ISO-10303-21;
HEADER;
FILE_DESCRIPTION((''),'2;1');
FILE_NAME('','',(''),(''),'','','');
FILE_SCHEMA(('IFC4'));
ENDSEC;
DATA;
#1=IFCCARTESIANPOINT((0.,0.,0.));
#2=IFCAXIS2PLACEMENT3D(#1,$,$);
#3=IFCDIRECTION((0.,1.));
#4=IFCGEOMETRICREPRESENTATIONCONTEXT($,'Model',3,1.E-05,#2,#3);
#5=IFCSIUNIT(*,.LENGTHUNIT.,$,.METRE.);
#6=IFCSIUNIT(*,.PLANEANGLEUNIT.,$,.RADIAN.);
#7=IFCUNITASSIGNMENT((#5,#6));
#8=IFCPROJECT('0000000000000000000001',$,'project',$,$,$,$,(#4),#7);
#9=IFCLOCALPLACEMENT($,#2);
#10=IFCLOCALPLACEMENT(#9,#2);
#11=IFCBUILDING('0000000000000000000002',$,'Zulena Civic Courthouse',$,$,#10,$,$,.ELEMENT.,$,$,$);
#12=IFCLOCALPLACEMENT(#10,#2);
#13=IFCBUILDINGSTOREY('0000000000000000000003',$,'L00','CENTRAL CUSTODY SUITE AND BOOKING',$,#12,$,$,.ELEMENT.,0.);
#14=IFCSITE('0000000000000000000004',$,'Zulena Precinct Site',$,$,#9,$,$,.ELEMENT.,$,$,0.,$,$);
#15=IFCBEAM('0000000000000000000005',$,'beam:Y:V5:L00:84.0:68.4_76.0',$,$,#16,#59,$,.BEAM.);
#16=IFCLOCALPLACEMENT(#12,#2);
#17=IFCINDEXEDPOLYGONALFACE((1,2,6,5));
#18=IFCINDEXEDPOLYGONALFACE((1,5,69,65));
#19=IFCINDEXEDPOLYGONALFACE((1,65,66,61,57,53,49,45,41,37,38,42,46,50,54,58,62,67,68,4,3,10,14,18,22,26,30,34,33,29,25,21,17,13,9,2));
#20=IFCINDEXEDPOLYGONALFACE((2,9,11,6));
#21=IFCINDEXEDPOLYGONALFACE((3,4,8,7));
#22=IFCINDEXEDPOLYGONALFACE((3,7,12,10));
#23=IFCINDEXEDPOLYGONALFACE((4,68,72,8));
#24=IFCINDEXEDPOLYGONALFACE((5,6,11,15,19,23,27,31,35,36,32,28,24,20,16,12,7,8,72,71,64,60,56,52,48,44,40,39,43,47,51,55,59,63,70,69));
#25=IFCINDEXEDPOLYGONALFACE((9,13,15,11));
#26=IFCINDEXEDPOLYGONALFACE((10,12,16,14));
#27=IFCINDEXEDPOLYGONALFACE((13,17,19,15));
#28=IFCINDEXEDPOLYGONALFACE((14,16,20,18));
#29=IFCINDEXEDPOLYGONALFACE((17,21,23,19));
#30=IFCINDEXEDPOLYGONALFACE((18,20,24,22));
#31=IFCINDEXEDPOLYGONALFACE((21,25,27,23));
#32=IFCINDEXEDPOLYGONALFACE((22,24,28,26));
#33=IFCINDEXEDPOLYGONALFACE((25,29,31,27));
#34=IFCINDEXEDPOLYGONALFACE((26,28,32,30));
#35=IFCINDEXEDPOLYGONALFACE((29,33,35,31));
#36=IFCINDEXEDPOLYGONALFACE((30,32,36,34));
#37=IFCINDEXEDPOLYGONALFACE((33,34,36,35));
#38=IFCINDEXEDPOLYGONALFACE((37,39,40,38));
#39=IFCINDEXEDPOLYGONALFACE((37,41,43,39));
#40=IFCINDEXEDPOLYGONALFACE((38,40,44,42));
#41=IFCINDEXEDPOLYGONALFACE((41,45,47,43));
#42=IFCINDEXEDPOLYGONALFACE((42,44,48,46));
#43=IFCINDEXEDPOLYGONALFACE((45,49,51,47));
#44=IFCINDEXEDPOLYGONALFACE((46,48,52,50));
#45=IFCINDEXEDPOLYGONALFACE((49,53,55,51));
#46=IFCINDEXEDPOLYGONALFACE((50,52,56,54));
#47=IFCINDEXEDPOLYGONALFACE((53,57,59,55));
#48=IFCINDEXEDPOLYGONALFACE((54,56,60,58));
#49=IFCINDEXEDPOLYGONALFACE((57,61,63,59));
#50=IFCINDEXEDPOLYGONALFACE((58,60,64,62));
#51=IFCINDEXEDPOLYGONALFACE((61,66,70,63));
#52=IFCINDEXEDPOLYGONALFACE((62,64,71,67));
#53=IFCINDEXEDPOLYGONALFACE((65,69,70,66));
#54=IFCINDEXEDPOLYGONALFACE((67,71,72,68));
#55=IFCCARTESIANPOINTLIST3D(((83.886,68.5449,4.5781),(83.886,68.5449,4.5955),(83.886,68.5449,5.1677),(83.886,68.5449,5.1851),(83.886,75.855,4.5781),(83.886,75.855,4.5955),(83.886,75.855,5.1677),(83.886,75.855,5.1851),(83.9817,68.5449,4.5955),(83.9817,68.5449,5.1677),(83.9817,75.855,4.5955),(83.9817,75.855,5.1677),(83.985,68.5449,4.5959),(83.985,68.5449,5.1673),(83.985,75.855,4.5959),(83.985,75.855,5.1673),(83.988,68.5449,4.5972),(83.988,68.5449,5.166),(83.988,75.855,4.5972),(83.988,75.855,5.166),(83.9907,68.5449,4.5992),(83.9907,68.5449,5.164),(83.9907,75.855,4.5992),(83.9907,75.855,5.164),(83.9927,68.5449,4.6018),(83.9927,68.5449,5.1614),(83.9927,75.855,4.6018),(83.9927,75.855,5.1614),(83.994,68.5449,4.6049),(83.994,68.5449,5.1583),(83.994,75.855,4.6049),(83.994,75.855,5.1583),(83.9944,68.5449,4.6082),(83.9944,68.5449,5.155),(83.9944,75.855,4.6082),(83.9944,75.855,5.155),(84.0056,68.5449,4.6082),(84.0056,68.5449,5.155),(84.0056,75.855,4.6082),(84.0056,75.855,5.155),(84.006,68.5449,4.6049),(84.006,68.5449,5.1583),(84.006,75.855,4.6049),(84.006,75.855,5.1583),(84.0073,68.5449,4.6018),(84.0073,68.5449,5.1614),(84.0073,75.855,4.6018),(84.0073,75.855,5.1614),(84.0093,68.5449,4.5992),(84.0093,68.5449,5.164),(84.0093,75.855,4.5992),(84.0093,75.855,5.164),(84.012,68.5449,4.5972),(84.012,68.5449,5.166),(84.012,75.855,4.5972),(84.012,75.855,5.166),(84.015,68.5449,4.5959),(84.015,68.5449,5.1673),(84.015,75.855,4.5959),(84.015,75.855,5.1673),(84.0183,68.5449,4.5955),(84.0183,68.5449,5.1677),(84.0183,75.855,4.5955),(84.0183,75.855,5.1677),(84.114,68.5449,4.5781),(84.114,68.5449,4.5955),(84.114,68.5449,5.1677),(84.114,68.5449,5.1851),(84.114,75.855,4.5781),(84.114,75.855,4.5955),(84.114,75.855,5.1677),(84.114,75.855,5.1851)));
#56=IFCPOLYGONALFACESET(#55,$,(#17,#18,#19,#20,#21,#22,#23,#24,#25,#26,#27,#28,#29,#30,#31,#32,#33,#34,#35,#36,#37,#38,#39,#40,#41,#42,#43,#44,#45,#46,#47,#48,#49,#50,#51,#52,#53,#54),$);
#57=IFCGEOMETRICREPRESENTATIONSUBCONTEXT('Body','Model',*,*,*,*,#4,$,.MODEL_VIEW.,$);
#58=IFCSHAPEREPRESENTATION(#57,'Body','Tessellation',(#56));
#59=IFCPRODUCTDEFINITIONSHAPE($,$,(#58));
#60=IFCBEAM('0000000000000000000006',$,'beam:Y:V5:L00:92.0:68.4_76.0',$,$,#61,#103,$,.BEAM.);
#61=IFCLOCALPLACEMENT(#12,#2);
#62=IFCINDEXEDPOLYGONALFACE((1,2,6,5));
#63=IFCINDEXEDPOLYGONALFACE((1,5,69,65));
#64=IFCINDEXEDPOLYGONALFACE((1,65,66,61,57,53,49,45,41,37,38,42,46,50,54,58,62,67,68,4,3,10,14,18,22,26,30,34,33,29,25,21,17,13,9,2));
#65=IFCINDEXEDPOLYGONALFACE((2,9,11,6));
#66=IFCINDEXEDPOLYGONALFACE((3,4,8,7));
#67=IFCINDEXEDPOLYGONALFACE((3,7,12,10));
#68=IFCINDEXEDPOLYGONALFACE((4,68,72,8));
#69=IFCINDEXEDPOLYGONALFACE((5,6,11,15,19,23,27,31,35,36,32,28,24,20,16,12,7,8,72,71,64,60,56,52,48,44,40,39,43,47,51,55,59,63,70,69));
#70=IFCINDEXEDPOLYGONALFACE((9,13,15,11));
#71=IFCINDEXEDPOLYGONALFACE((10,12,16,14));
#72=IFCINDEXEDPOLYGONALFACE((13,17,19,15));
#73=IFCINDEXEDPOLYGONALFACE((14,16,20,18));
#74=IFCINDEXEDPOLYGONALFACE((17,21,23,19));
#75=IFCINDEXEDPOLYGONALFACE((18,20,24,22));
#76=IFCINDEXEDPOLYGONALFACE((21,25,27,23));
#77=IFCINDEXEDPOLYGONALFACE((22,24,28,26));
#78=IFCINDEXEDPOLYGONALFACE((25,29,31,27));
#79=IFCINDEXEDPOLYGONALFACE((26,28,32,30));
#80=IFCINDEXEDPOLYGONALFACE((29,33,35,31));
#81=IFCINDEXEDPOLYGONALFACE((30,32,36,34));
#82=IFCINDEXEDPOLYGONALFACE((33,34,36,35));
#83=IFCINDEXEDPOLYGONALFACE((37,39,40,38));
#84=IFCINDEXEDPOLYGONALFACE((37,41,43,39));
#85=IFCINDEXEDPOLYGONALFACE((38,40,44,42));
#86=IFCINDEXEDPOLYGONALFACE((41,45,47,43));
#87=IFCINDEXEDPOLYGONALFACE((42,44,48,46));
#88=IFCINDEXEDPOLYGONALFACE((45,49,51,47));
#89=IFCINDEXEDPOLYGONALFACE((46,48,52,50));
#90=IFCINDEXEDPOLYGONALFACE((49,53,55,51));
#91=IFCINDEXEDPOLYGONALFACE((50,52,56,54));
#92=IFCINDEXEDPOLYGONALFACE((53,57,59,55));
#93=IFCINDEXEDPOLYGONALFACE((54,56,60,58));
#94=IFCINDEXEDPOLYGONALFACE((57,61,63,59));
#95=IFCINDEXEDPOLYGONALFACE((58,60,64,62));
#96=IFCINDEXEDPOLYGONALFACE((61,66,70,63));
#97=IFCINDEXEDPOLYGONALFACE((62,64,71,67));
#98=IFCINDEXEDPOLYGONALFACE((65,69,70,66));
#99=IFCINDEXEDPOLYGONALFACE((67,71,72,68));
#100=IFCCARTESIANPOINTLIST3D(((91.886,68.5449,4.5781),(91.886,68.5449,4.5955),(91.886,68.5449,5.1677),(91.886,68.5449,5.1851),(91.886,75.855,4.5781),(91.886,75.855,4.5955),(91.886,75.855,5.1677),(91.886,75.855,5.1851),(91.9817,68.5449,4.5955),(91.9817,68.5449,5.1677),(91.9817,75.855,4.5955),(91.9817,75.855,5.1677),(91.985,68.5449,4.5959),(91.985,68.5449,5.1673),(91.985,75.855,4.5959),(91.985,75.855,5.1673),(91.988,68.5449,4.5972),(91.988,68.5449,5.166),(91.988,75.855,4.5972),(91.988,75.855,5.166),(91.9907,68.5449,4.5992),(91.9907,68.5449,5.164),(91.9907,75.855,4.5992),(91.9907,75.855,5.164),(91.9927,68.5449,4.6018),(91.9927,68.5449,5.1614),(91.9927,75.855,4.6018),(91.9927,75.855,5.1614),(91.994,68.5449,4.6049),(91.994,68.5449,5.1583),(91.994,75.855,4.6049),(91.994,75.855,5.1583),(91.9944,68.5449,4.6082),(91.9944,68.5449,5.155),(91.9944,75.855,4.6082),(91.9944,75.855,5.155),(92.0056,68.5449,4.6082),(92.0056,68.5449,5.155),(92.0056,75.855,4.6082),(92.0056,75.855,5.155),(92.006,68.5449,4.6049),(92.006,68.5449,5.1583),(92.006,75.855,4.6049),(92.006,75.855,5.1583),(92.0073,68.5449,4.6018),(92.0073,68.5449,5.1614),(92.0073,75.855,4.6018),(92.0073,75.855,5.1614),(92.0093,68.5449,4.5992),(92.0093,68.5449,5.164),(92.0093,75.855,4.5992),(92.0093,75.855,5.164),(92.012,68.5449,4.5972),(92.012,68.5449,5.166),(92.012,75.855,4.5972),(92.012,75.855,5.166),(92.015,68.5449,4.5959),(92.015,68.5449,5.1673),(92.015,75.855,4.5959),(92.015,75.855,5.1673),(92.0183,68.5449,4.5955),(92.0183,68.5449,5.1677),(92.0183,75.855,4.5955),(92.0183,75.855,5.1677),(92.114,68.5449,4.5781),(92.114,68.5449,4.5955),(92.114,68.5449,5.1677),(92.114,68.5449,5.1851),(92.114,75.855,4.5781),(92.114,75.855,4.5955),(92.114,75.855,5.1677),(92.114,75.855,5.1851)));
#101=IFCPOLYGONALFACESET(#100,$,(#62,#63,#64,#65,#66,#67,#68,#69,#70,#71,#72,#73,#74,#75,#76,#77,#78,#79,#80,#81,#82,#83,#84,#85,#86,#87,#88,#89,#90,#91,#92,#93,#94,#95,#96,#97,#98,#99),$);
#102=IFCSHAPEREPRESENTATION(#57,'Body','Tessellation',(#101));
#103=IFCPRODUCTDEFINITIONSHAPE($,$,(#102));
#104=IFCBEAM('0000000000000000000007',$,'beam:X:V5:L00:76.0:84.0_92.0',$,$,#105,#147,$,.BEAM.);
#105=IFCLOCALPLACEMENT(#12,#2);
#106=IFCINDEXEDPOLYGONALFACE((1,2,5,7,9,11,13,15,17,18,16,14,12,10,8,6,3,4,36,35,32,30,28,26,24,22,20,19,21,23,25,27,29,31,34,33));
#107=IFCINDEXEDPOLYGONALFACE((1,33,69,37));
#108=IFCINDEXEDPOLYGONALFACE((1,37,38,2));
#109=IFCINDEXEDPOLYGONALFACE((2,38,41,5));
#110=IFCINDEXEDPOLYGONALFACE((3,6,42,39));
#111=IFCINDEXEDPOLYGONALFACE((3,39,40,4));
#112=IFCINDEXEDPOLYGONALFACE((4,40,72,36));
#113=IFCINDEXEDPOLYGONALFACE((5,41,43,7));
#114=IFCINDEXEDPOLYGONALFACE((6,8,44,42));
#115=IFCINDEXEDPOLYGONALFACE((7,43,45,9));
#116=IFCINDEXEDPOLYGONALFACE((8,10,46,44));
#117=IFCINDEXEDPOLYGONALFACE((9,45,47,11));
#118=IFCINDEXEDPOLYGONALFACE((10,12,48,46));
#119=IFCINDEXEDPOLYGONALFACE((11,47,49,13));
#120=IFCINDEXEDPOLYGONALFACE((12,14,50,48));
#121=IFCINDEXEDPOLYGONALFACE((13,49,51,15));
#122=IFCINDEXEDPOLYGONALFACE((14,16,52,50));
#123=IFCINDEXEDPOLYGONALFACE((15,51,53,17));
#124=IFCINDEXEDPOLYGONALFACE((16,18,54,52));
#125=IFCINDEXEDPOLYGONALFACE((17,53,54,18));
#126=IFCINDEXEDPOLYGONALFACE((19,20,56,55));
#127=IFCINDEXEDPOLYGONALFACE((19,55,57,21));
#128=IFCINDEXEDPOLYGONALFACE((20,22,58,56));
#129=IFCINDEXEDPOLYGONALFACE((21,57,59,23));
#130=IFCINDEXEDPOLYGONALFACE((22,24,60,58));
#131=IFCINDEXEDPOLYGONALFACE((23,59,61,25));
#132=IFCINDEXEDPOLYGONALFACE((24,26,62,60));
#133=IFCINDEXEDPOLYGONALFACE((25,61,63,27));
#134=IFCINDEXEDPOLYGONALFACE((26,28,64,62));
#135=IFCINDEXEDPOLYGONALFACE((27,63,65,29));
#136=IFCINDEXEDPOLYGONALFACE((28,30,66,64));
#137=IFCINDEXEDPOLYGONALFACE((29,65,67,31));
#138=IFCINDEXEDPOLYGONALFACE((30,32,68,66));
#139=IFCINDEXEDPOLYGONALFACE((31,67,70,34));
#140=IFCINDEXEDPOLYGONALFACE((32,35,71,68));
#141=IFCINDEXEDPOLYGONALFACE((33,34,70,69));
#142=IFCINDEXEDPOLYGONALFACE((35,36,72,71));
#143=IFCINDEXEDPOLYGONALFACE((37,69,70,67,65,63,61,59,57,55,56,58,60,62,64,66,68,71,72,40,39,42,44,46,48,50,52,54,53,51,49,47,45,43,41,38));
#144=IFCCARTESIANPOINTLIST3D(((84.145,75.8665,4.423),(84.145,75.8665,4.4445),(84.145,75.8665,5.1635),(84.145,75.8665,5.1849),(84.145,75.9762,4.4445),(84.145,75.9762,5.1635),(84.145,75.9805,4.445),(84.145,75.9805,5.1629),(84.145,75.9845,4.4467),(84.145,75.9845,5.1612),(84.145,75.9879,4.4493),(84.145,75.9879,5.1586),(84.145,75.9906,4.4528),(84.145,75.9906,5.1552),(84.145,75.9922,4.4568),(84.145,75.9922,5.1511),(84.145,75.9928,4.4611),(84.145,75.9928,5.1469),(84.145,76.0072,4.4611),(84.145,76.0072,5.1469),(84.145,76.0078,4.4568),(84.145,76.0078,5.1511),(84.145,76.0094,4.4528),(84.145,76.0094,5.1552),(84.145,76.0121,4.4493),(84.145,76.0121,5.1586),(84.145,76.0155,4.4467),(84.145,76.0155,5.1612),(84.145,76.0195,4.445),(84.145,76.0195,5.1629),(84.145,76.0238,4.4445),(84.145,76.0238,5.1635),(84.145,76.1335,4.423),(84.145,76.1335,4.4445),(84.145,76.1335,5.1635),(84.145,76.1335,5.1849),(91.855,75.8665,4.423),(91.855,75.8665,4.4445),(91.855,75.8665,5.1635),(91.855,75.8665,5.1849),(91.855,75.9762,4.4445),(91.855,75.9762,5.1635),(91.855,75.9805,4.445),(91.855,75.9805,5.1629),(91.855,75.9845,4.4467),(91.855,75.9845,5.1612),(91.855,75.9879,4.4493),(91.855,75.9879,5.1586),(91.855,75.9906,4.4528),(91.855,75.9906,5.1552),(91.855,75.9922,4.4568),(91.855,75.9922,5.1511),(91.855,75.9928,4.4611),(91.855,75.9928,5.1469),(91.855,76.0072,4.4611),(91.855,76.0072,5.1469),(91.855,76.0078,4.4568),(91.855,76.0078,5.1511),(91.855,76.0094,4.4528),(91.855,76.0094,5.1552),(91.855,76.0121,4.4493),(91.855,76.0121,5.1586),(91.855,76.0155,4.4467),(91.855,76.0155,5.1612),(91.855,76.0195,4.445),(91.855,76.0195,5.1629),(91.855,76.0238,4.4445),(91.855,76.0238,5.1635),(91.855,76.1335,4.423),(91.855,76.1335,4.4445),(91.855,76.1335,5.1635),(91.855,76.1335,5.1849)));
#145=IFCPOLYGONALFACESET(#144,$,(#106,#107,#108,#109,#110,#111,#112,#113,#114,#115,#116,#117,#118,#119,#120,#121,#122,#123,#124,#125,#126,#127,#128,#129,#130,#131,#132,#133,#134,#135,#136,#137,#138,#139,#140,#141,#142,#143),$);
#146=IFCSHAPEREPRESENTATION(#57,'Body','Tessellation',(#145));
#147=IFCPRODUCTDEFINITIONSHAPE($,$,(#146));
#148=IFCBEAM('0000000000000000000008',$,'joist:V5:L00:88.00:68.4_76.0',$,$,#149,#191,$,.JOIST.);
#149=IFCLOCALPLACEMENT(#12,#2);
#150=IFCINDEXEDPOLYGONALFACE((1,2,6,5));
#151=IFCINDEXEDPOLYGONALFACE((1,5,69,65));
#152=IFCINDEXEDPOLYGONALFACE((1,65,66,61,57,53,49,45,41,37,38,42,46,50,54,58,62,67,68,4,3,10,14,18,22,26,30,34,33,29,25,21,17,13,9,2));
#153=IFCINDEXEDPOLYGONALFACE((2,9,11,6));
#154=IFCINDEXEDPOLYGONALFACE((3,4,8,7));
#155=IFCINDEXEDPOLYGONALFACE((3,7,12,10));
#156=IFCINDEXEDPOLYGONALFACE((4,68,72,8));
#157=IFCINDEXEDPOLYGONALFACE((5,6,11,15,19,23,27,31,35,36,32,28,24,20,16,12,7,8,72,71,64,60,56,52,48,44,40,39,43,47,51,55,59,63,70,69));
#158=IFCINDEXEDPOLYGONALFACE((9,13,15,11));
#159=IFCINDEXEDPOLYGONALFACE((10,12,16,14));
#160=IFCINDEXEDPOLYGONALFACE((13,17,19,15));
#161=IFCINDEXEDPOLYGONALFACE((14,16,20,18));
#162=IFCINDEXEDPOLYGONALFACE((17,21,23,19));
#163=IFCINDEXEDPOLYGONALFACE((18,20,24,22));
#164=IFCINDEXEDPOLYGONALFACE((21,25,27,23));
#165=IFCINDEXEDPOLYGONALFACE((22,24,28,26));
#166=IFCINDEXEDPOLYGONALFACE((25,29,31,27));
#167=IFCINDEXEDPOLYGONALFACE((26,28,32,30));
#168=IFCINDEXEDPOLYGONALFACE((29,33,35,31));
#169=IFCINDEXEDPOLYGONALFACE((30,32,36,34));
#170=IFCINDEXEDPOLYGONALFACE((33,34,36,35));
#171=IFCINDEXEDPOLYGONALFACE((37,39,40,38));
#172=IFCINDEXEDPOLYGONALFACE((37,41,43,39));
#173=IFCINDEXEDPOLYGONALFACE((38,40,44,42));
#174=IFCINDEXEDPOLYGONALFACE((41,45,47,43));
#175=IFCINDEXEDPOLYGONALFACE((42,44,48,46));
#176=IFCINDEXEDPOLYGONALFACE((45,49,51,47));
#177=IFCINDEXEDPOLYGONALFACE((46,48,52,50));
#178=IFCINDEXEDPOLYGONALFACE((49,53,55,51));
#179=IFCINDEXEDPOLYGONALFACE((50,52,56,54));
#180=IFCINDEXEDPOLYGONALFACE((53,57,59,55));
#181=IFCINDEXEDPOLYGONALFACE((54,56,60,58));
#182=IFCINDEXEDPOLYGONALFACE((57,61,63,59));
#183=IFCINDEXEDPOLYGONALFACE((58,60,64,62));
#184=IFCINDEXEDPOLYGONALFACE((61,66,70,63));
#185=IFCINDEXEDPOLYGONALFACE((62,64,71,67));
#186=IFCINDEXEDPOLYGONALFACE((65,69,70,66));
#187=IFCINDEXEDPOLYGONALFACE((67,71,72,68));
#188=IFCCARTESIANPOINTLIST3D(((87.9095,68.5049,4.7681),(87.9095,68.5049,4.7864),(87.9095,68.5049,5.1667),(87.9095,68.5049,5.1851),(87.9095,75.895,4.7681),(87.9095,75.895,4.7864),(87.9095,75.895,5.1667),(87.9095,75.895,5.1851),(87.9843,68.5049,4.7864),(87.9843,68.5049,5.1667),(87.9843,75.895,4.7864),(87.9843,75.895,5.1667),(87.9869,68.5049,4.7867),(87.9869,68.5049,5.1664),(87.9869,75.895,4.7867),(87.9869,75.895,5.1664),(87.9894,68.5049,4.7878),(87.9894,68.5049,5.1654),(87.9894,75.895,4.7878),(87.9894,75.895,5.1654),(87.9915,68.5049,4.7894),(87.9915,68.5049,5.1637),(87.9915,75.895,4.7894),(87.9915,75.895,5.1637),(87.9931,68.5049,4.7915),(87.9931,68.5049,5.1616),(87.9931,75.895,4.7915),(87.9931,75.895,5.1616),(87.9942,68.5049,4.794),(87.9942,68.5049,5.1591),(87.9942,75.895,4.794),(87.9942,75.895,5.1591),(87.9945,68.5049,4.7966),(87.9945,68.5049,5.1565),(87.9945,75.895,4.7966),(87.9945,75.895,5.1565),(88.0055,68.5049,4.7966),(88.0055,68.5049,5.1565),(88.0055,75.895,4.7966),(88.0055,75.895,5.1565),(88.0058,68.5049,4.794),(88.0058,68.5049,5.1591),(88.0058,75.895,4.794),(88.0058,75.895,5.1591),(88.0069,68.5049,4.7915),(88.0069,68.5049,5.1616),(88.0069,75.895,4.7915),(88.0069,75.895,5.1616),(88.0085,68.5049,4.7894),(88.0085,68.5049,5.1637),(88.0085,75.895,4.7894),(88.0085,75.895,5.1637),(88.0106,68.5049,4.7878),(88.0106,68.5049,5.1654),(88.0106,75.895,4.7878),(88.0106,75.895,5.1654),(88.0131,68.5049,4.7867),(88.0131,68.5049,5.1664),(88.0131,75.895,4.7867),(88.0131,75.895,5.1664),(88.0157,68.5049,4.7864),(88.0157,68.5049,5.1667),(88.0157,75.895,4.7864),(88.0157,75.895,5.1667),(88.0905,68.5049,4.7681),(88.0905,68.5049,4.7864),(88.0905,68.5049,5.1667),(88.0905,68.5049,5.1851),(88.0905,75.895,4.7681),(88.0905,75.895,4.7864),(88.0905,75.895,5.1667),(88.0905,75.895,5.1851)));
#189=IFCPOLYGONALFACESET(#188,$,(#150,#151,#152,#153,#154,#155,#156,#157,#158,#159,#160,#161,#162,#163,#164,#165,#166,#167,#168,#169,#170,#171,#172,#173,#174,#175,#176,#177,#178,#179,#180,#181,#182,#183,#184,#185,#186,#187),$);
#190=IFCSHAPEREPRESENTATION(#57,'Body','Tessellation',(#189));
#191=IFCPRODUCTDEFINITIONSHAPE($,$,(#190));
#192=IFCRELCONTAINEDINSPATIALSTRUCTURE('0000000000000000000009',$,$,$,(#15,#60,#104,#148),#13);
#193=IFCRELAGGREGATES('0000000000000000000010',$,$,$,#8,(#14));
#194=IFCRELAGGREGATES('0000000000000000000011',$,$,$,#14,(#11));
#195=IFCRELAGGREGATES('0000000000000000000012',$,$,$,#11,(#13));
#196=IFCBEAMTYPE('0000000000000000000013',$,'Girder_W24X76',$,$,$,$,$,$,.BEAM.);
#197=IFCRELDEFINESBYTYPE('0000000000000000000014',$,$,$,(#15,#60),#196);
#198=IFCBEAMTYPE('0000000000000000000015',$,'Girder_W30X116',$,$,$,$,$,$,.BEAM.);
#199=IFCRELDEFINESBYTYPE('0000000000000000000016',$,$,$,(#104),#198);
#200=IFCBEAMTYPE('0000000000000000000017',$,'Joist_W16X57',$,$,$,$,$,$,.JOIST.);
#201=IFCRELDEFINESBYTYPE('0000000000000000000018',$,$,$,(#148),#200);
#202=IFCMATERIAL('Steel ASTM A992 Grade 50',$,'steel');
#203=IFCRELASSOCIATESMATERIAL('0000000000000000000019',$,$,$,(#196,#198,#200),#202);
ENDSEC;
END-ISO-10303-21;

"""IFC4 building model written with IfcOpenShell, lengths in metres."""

from ifc_helpers import new_model, si_unit, direction, frame, origin, origin_2d, place, context, subcontext, project, spatial, i_section, extrude, material, material_profile, profile_set, type_object, element, save


model = new_model("IFC4")

# Units and contexts
model_context = context("Model", 3, precision=1e-05, world=origin(), true_north=direction((0.0, 1.0)))
body_context = subcontext(model_context, "Body", "Model", "MODEL_VIEW")
ifc_project = project(units=[si_unit("LENGTHUNIT", "METRE"), si_unit("PLANEANGLEUNIT", "RADIAN")], contexts=[model_context])

# Site, building, storey
site_placement = place(None, origin())
site = spatial("IfcSite", under=ifc_project, at=site_placement, Name="Zulena Precinct Site", CompositionType="ELEMENT", RefElevation=0.0)
building_placement = place(site_placement, origin())
building = spatial("IfcBuilding", under=site, at=building_placement, Name="Zulena Civic Courthouse", CompositionType="ELEMENT")
storey_placement = place(building_placement, origin())
storey = spatial("IfcBuildingStorey", under=building, at=storey_placement, Name="L00", Description="CENTRAL CUSTODY SUITE AND BOOKING", CompositionType="ELEMENT", Elevation=0.0)

# Shared definitions
ifc_material_1 = material(Name="Steel ASTM A992 Grade 50", Category="steel")

# Beams
ifc_material_profile_1 = material_profile(ifc_material_1, i_section(OverallWidth=0.228, OverallDepth=0.6069, WebThickness=0.0112, FlangeThickness=0.0173, FilletRadius=0.0127, at=origin_2d()), Name="W24X76")
ifc_profile_set_1 = profile_set([ifc_material_profile_1], Name="Steel ASTM A992 Grade 50")
beam_type_1 = type_object("IfcBeamType", Name="Girder_W24X76", PredefinedType="BEAM", material=ifc_profile_set_1)
for number, where, z_axis, x_axis, name in (
    (1, (84.0, 68.5449, 4.8816), (0.0, 1.0, 0.0), (-1.0, 0.0, 0.0), "beam:Y:V5:L00:84.0:68.4_76.0"),
    (2, (92.0, 68.5449, 4.8816), (0.0, 1.0, 0.0), (-1.0, 0.0, 0.0), "beam:Y:V5:L00:92.0:68.4_76.0"),
):
    element("IfcBeam", number, at=place(storey_placement, frame(where, z_axis=z_axis, x_axis=x_axis)), inside=storey, type_object=beam_type_1, Name=name, PredefinedType="BEAM", context=body_context, shape_type="SweptSolid", body=[
        extrude(i_section(OverallWidth=0.228, OverallDepth=0.6069, WebThickness=0.0112, FlangeThickness=0.0173, FilletRadius=0.0127, at=origin_2d()), origin(), (0.0, 0.0, 1.0), 7.3101),
    ])
ifc_material_profile_2 = material_profile(ifc_material_1, i_section(OverallWidth=0.2671, OverallDepth=0.762, WebThickness=0.0144, FlangeThickness=0.0215, FilletRadius=0.0166, at=origin_2d()), Name="W30X116")
ifc_profile_set_2 = profile_set([ifc_material_profile_2], Name="Steel ASTM A992 Grade 50")
beam_type_2 = type_object("IfcBeamType", Name="Girder_W30X116", PredefinedType="BEAM", material=ifc_profile_set_2)
beam_1_placement = place(storey_placement, frame((84.145, 76.0, 4.804), z_axis=(1.0, 0.0, 0.0), x_axis=(0.0, 1.0, 0.0)))
element("IfcBeam", 3, at=beam_1_placement, inside=storey, type_object=beam_type_2, Name="beam:X:V5:L00:76.0:84.0_92.0", PredefinedType="BEAM", context=body_context, shape_type="SweptSolid", body=[
    extrude(i_section(OverallWidth=0.2671, OverallDepth=0.762, WebThickness=0.0144, FlangeThickness=0.0215, FilletRadius=0.0166, at=origin_2d()), origin(), (0.0, 0.0, 1.0), 7.71),
])
ifc_material_profile_3 = material_profile(ifc_material_1, i_section(OverallWidth=0.1809, OverallDepth=0.417, WebThickness=0.011, FlangeThickness=0.0183, FilletRadius=0.0103, at=origin_2d()), Name="W16X57")
ifc_profile_set_3 = profile_set([ifc_material_profile_3], Name="Steel ASTM A992 Grade 50")
beam_type_3 = type_object("IfcBeamType", Name="Joist_W16X57", PredefinedType="JOIST", material=ifc_profile_set_3)
beam_2_placement = place(storey_placement, frame((88.0, 68.5049, 4.9766), z_axis=(0.0, 1.0, 0.0), x_axis=(-1.0, 0.0, 0.0)))
element("IfcBeam", 4, at=beam_2_placement, inside=storey, type_object=beam_type_3, Name="joist:V5:L00:88.00:68.4_76.0", PredefinedType="JOIST", context=body_context, shape_type="SweptSolid", body=[
    extrude(i_section(OverallWidth=0.1809, OverallDepth=0.417, WebThickness=0.011, FlangeThickness=0.0183, FilletRadius=0.0103, at=origin_2d()), origin(), (0.0, 0.0, 1.0), 7.3901),
])

save(model, "model.ifc")
